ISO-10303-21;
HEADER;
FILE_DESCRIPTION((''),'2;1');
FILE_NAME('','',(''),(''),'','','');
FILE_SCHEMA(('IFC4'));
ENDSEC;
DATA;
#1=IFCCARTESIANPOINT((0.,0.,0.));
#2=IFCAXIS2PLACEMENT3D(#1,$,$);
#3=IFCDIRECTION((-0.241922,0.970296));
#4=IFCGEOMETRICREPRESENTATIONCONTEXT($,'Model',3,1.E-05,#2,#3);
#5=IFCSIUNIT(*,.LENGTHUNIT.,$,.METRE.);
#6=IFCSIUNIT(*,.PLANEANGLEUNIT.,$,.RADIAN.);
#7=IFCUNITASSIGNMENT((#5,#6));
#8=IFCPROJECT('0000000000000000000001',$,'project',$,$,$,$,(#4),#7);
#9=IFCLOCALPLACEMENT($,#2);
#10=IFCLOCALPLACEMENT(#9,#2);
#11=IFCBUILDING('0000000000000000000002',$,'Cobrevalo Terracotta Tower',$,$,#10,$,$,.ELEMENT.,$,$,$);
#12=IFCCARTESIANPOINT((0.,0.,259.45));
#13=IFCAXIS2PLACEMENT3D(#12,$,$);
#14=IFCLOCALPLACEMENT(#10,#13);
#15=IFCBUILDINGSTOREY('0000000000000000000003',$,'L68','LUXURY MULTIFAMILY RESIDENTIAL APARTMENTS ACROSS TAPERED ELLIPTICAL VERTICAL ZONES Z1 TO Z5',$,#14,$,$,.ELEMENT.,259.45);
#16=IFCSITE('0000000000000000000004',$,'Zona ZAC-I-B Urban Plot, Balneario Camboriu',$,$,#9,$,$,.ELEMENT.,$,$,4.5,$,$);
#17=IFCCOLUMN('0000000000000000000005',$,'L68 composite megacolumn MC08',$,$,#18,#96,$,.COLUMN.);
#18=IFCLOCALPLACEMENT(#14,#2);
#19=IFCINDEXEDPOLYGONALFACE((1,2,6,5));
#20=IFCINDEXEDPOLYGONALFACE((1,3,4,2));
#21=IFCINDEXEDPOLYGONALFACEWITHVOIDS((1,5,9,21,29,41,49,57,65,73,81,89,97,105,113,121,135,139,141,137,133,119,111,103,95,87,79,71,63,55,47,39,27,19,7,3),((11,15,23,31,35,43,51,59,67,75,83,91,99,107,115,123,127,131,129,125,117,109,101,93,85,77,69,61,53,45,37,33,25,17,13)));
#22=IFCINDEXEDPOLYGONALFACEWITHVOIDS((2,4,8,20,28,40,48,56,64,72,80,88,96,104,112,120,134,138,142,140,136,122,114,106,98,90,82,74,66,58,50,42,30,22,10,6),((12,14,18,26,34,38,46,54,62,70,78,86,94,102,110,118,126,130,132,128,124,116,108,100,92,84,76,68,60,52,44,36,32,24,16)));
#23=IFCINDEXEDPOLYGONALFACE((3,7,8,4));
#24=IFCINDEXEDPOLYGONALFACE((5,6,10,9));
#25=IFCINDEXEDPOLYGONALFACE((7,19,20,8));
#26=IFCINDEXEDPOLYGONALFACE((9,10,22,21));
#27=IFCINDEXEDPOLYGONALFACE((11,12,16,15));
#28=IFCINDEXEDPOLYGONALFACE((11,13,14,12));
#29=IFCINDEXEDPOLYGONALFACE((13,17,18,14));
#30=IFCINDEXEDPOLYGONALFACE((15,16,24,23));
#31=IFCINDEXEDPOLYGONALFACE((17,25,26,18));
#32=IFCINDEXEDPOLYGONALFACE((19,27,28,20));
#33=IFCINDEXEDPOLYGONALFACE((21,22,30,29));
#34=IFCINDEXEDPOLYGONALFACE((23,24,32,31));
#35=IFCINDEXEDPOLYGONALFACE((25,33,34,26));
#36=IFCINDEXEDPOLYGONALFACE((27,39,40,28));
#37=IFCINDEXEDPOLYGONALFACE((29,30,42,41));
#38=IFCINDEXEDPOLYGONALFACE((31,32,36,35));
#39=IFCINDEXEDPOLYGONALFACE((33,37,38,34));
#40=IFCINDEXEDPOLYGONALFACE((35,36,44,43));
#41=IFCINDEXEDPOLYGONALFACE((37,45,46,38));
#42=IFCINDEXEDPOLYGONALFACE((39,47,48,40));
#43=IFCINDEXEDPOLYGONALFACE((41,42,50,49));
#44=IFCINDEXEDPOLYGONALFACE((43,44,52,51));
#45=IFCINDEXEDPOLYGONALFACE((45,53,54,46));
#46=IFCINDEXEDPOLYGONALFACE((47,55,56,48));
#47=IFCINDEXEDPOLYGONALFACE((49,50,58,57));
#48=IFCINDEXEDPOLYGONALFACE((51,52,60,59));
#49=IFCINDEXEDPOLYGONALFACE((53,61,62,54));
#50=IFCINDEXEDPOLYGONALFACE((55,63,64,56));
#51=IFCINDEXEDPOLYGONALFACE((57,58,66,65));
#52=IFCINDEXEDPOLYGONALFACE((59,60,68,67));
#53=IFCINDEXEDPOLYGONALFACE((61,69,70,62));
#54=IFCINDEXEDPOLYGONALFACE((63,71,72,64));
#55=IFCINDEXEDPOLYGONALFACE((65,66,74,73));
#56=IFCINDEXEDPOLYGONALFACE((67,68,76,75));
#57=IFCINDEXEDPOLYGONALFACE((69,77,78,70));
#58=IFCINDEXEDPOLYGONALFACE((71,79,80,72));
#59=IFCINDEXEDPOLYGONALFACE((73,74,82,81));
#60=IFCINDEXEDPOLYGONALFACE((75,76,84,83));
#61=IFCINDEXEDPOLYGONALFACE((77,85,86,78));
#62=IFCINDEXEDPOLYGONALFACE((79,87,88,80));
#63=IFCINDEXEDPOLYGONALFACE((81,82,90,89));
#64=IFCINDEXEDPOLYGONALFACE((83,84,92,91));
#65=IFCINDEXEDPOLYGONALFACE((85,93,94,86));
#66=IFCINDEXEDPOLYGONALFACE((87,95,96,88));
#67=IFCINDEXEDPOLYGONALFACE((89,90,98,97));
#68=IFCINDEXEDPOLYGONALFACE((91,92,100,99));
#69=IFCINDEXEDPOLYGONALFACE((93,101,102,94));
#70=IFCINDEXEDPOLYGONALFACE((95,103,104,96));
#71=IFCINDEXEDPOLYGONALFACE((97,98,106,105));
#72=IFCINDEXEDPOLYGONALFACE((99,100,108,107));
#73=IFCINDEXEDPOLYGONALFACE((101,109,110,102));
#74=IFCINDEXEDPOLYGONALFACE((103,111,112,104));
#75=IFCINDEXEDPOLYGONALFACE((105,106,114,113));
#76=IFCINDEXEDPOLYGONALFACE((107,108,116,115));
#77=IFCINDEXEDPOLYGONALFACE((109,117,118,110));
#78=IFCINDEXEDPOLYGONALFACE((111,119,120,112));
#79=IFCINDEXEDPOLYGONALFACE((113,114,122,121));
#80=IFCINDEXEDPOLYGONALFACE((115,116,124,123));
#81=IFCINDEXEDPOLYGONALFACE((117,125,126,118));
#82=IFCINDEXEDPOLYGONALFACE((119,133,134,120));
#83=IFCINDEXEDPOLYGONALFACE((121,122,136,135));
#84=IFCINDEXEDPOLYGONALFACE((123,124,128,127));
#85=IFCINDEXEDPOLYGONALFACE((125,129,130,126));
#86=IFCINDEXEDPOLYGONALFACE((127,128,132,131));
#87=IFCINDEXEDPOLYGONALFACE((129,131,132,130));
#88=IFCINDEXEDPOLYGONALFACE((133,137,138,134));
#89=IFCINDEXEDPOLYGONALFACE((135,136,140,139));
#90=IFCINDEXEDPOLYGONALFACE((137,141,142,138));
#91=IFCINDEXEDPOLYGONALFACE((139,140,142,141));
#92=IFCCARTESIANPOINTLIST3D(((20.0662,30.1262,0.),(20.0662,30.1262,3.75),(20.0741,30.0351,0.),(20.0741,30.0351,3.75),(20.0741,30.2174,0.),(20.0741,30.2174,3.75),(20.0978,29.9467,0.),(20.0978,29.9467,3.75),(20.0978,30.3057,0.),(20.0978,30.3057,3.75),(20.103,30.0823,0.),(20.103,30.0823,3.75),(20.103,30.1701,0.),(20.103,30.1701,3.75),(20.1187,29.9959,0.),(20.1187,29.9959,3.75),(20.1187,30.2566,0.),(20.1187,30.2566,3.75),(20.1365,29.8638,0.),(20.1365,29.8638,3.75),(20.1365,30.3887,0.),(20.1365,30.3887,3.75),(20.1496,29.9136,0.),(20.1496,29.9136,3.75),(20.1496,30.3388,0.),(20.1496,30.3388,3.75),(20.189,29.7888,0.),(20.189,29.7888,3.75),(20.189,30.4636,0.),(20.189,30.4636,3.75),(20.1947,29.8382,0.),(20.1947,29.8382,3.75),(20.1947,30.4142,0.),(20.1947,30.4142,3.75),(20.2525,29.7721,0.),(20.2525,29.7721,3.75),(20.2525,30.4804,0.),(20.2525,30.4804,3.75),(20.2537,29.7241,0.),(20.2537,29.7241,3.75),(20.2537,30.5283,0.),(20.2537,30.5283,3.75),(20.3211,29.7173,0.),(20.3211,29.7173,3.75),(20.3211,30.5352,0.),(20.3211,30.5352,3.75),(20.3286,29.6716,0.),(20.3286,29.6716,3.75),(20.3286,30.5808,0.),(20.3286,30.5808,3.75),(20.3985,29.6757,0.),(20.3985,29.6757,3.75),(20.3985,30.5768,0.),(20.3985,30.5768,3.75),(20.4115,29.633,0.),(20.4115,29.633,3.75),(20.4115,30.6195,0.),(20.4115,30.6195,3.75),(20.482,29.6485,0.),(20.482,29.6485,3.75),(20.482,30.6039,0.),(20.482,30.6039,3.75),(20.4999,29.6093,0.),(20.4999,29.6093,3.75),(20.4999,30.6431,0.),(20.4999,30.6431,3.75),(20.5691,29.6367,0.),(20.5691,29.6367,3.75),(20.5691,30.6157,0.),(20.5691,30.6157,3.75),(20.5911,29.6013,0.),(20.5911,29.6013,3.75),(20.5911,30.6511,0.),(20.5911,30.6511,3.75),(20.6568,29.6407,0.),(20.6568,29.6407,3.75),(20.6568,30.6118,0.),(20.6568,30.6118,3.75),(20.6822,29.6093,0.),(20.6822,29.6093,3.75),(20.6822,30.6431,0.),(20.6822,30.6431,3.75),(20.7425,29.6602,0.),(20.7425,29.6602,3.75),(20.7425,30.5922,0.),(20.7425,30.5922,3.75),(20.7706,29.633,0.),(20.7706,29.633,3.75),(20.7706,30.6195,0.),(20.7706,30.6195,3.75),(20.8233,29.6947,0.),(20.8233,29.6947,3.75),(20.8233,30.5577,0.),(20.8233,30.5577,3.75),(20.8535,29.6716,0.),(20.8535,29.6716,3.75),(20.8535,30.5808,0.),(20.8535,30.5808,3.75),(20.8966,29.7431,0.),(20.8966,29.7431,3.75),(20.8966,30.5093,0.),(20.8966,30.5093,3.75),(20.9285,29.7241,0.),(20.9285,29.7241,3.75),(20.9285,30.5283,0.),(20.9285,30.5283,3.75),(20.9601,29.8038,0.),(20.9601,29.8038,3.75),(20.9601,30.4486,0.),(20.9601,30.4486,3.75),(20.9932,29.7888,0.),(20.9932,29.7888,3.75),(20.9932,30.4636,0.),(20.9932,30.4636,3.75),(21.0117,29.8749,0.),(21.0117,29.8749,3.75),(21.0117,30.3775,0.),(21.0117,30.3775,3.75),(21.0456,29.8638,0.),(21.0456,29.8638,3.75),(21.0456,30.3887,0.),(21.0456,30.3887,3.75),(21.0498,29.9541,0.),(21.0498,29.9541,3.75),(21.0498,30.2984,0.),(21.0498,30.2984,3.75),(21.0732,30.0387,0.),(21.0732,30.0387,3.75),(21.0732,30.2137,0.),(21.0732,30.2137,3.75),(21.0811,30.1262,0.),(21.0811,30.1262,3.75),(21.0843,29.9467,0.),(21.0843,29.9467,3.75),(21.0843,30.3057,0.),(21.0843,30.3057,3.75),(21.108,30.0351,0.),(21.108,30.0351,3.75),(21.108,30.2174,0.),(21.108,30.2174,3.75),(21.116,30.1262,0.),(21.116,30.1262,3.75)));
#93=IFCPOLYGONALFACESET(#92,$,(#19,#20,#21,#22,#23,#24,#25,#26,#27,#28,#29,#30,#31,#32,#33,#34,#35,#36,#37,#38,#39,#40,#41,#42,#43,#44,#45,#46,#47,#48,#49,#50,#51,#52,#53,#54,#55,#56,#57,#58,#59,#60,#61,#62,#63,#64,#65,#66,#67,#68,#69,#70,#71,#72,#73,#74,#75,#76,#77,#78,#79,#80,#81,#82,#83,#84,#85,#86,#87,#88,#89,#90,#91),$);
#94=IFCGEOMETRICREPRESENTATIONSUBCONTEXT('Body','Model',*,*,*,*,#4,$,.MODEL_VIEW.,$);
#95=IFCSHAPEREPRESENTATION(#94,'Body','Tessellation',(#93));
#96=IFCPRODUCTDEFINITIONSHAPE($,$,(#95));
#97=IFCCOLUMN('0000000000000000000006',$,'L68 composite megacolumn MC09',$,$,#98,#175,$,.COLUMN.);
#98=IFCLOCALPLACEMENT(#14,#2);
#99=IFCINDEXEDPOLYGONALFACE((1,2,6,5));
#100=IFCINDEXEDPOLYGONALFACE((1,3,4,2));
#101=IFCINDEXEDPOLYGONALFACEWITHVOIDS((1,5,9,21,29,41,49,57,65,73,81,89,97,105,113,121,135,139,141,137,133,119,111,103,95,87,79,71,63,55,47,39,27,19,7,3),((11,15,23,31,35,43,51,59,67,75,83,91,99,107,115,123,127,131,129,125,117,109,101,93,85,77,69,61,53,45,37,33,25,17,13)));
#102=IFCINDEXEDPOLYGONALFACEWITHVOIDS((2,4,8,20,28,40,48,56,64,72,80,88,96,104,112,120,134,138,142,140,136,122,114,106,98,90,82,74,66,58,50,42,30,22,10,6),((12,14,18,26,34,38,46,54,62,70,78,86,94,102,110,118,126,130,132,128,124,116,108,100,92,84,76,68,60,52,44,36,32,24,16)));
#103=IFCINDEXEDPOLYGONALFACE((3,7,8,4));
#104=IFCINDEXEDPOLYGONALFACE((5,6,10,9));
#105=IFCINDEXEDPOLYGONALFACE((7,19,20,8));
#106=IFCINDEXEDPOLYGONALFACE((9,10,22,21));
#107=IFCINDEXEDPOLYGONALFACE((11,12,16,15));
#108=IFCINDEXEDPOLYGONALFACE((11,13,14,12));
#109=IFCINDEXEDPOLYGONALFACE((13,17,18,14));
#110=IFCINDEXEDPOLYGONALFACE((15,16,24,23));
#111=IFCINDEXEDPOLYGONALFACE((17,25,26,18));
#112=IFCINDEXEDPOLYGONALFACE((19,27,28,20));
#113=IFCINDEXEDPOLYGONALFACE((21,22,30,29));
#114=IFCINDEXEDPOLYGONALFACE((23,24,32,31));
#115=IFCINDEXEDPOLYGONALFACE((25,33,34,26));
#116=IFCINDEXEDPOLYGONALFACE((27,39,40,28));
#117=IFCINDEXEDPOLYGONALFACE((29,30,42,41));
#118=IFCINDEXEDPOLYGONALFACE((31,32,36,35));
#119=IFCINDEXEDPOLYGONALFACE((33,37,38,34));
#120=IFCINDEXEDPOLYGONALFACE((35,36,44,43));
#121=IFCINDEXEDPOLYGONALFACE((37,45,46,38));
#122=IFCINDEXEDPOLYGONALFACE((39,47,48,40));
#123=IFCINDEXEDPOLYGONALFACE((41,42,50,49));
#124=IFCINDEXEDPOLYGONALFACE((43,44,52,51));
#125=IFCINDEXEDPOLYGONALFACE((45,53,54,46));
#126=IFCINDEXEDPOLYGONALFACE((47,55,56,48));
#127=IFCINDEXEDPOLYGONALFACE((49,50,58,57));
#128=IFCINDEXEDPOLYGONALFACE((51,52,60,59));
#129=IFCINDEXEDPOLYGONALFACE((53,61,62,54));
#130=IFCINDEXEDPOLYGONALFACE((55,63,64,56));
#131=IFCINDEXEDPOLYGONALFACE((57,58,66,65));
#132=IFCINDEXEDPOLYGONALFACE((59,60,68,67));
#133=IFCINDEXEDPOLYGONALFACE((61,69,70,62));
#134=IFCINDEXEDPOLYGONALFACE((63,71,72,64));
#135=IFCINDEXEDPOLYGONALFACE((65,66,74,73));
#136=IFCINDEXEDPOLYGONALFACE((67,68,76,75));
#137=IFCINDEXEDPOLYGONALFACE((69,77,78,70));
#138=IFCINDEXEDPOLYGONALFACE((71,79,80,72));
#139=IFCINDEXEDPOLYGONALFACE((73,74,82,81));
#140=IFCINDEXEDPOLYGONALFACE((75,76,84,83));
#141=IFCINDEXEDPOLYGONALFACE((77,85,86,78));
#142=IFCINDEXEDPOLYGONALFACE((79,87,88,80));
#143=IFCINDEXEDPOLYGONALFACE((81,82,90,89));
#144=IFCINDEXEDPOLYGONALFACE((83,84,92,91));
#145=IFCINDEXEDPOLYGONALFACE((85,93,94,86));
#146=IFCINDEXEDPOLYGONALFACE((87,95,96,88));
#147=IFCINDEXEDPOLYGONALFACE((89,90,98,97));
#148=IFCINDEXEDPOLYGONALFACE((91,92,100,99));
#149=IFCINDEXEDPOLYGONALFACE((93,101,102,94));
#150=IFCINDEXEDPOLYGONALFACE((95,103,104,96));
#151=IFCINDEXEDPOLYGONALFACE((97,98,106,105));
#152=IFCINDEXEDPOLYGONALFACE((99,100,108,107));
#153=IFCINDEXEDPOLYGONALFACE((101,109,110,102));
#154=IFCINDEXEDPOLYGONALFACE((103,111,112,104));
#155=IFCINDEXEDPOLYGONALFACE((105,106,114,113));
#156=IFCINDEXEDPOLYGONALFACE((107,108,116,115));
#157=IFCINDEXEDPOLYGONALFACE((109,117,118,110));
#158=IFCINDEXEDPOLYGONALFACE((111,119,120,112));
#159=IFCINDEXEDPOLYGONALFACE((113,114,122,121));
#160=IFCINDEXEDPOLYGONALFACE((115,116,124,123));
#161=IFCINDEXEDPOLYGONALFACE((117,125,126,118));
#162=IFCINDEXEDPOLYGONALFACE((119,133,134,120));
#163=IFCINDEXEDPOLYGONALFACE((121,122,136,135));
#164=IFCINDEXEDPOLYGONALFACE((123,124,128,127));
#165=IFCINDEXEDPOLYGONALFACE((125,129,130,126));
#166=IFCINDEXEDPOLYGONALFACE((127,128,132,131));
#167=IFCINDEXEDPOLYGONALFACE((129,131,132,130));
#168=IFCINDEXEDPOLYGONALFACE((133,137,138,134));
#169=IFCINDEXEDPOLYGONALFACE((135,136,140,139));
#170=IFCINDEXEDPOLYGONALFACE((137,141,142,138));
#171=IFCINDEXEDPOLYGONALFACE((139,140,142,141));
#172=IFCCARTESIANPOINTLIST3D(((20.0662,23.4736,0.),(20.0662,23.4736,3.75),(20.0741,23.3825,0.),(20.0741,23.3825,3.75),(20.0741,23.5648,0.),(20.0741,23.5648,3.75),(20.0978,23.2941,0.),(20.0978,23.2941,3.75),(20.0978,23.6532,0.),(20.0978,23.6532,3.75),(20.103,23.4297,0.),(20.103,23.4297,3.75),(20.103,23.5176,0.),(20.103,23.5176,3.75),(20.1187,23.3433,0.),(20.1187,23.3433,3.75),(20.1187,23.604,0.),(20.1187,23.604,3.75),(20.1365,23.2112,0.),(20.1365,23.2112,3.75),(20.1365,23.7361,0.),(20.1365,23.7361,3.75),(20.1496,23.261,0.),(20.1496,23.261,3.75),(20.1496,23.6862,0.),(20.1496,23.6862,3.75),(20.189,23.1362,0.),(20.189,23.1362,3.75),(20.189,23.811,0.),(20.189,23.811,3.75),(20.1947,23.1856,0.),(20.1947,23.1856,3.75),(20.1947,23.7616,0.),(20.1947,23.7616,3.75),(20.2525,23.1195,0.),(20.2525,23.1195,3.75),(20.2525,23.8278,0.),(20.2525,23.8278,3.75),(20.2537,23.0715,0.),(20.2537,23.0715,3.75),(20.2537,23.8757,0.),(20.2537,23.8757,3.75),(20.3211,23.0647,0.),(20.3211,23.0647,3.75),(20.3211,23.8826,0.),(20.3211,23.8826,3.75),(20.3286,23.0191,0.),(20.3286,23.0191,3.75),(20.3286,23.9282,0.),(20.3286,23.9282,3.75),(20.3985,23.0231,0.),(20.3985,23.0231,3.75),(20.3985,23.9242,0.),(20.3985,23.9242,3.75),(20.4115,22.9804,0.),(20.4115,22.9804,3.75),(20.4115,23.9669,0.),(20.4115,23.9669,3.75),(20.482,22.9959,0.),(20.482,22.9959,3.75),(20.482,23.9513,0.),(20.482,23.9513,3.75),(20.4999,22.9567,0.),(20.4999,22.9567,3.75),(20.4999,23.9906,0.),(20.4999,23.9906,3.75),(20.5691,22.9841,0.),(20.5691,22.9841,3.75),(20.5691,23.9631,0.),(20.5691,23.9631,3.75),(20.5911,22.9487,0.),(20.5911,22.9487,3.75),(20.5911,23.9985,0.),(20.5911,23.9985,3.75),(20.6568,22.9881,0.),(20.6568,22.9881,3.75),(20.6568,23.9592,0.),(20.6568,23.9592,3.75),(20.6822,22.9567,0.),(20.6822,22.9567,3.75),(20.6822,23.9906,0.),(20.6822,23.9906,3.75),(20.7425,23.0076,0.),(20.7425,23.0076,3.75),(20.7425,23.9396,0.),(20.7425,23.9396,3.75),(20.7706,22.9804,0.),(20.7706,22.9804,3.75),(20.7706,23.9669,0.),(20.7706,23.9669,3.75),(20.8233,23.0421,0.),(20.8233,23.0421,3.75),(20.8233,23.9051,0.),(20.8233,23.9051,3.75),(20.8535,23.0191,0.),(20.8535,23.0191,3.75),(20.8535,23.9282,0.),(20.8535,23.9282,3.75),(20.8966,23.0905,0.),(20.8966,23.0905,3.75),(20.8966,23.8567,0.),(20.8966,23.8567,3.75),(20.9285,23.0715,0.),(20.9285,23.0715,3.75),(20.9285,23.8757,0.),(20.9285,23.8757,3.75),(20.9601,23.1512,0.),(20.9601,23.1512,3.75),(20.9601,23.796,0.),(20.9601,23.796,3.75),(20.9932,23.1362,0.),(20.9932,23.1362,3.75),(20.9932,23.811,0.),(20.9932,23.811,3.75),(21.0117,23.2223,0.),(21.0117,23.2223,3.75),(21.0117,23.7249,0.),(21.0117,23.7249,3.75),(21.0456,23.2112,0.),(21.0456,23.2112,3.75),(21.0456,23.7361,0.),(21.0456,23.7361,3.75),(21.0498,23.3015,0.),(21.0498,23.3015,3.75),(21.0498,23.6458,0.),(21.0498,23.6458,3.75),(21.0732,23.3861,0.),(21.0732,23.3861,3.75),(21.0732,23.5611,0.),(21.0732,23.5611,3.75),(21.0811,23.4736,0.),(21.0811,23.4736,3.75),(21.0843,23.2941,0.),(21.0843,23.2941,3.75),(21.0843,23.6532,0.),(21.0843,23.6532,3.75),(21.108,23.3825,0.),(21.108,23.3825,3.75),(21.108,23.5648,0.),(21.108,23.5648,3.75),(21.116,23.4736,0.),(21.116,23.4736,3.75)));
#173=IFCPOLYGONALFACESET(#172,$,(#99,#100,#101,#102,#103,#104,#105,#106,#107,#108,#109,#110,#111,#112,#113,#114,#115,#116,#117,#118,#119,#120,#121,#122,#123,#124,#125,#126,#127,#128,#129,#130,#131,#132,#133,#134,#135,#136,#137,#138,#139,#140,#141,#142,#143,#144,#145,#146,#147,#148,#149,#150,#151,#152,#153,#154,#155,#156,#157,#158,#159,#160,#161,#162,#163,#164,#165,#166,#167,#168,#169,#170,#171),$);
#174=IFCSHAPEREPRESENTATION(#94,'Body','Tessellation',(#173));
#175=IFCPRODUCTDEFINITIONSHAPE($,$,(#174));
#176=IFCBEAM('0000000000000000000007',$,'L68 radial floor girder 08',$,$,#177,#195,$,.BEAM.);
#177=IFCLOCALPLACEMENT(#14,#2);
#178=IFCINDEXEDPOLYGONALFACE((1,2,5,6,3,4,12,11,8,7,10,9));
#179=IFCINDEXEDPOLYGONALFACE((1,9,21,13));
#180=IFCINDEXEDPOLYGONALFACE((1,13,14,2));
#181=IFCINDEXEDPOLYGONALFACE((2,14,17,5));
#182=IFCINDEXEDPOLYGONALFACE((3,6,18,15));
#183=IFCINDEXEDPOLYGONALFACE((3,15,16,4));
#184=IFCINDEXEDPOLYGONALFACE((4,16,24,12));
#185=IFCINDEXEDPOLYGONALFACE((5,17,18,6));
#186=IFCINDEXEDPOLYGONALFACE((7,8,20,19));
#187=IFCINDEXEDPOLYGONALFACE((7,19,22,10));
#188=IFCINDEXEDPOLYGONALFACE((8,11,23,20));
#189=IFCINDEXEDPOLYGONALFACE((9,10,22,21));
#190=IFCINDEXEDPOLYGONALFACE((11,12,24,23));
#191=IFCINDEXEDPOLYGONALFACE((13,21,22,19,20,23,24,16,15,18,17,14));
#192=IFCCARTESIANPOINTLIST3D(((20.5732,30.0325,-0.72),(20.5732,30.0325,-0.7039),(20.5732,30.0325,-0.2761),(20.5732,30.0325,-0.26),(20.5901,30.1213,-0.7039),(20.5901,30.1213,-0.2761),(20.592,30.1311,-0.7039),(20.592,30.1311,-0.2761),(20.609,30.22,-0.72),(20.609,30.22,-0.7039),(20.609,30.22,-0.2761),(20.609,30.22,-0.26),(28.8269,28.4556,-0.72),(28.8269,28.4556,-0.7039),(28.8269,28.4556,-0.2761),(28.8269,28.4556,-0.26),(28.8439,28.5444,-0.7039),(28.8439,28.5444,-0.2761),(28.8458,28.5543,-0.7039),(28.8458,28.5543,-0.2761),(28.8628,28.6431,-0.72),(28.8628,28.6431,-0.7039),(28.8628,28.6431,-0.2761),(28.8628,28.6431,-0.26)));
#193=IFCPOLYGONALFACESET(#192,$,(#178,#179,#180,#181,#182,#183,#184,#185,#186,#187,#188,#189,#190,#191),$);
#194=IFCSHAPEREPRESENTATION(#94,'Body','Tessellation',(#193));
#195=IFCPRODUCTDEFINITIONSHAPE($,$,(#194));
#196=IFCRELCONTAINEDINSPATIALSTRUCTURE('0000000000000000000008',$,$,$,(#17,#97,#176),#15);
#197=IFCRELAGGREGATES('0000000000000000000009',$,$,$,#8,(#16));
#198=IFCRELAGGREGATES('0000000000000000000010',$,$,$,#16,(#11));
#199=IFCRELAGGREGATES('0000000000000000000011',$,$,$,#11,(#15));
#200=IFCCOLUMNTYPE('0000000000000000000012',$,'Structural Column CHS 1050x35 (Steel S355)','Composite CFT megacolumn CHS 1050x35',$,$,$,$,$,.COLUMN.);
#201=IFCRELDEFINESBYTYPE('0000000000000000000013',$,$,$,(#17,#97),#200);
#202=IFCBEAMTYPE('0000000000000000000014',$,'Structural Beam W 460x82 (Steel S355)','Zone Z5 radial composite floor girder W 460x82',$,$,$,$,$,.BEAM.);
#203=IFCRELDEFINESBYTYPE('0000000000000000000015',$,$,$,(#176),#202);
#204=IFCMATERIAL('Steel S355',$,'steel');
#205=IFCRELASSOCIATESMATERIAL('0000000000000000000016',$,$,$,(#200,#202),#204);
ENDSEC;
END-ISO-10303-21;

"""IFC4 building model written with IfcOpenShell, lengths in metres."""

from ifc_helpers import new_model, si_unit, direction, frame, origin, origin_2d, place, context, subcontext, project, spatial, hollow_circle, i_section, extrude, material, material_profile, profile_set, type_object, element, save


model = new_model("IFC4")

# Units and contexts
model_context = context("Model", 3, precision=1e-05, world=origin(), true_north=direction((-0.241922, 0.970296)))
body_context = subcontext(model_context, "Body", "Model", "MODEL_VIEW")
ifc_project = project(units=[si_unit("LENGTHUNIT", "METRE"), si_unit("PLANEANGLEUNIT", "RADIAN")], contexts=[model_context])

# Site, building, storey
site_placement = place(None, origin())
site = spatial("IfcSite", under=ifc_project, at=site_placement, Name="Zona ZAC-I-B Urban Plot, Balneario Camboriu", CompositionType="ELEMENT", RefElevation=4.5)
building_placement = place(site_placement, origin())
building = spatial("IfcBuilding", under=site, at=building_placement, Name="Cobrevalo Terracotta Tower", CompositionType="ELEMENT")
storey_placement = place(building_placement, frame((0.0, 0.0, 259.45)))
storey = spatial("IfcBuildingStorey", under=building, at=storey_placement, Name="L68", Description="LUXURY MULTIFAMILY RESIDENTIAL APARTMENTS ACROSS TAPERED ELLIPTICAL VERTICAL ZONES Z1 TO Z5", CompositionType="ELEMENT", Elevation=259.45)

# Columns
ifc_material_1 = material(Name="Steel S355", Category="steel")
ifc_material_profile_1 = material_profile(ifc_material_1, hollow_circle(Radius=0.5249, WallThickness=0.0349, at=origin_2d()), Name="CHS 1050x35")
ifc_profile_set_1 = profile_set([ifc_material_profile_1], Name="Steel S355")
column_type = type_object("IfcColumnType", Name="Structural Column CHS 1050x35 (Steel S355)", Description="Composite CFT megacolumn CHS 1050x35", PredefinedType="COLUMN", material=ifc_profile_set_1)
for number, where, z_axis, x_axis, name in (
    (1, (20.5911, 30.1262, 0.0), (0.0, 0.0, 1.0), (1.0, 0.0, 0.0), "L68 composite megacolumn MC08"),
    (2, (20.5911, 23.4736, 0.0), (0.0, 0.0, 1.0), (1.0, 0.0, 0.0), "L68 composite megacolumn MC09"),
):
    element("IfcColumn", number, at=place(storey_placement, frame(where, z_axis=z_axis, x_axis=x_axis)), inside=storey, type_object=column_type, Name=name, PredefinedType="COLUMN", context=body_context, shape_type="SweptSolid", body=[
        extrude(hollow_circle(Radius=0.5249, WallThickness=0.0349, at=origin_2d()), origin(), (0.0, 0.0, 1.0), 3.75),
    ])

# Beam
ifc_material_profile_2 = material_profile(ifc_material_1, i_section(OverallWidth=0.1909, OverallDepth=0.46, WebThickness=0.01, FlangeThickness=0.0161, at=origin_2d()), Name="W 460x82")
ifc_profile_set_2 = profile_set([ifc_material_profile_2], Name="Steel S355")
beam_type_1 = type_object("IfcBeamType", Name="Structural Beam W 460x82 (Steel S355)", Description="Zone Z5 radial composite floor girder W 460x82", PredefinedType="BEAM", material=ifc_profile_set_2)
beam_1_placement = place(storey_placement, frame((20.5911, 30.1262, -0.49), z_axis=(0.982235, -0.187655, 0.0), x_axis=(0.187655, 0.982235, 0.0)))
element("IfcBeam", 3, at=beam_1_placement, inside=storey, type_object=beam_type_1, Name="L68 radial floor girder 08", PredefinedType="BEAM", context=body_context, shape_type="SweptSolid", body=[
    extrude(i_section(OverallWidth=0.1909, OverallDepth=0.46, WebThickness=0.01, FlangeThickness=0.0161, at=origin_2d()), origin(), (0.0, 0.0, 1.0), 8.4031),
])

save(model, "model.ifc")
